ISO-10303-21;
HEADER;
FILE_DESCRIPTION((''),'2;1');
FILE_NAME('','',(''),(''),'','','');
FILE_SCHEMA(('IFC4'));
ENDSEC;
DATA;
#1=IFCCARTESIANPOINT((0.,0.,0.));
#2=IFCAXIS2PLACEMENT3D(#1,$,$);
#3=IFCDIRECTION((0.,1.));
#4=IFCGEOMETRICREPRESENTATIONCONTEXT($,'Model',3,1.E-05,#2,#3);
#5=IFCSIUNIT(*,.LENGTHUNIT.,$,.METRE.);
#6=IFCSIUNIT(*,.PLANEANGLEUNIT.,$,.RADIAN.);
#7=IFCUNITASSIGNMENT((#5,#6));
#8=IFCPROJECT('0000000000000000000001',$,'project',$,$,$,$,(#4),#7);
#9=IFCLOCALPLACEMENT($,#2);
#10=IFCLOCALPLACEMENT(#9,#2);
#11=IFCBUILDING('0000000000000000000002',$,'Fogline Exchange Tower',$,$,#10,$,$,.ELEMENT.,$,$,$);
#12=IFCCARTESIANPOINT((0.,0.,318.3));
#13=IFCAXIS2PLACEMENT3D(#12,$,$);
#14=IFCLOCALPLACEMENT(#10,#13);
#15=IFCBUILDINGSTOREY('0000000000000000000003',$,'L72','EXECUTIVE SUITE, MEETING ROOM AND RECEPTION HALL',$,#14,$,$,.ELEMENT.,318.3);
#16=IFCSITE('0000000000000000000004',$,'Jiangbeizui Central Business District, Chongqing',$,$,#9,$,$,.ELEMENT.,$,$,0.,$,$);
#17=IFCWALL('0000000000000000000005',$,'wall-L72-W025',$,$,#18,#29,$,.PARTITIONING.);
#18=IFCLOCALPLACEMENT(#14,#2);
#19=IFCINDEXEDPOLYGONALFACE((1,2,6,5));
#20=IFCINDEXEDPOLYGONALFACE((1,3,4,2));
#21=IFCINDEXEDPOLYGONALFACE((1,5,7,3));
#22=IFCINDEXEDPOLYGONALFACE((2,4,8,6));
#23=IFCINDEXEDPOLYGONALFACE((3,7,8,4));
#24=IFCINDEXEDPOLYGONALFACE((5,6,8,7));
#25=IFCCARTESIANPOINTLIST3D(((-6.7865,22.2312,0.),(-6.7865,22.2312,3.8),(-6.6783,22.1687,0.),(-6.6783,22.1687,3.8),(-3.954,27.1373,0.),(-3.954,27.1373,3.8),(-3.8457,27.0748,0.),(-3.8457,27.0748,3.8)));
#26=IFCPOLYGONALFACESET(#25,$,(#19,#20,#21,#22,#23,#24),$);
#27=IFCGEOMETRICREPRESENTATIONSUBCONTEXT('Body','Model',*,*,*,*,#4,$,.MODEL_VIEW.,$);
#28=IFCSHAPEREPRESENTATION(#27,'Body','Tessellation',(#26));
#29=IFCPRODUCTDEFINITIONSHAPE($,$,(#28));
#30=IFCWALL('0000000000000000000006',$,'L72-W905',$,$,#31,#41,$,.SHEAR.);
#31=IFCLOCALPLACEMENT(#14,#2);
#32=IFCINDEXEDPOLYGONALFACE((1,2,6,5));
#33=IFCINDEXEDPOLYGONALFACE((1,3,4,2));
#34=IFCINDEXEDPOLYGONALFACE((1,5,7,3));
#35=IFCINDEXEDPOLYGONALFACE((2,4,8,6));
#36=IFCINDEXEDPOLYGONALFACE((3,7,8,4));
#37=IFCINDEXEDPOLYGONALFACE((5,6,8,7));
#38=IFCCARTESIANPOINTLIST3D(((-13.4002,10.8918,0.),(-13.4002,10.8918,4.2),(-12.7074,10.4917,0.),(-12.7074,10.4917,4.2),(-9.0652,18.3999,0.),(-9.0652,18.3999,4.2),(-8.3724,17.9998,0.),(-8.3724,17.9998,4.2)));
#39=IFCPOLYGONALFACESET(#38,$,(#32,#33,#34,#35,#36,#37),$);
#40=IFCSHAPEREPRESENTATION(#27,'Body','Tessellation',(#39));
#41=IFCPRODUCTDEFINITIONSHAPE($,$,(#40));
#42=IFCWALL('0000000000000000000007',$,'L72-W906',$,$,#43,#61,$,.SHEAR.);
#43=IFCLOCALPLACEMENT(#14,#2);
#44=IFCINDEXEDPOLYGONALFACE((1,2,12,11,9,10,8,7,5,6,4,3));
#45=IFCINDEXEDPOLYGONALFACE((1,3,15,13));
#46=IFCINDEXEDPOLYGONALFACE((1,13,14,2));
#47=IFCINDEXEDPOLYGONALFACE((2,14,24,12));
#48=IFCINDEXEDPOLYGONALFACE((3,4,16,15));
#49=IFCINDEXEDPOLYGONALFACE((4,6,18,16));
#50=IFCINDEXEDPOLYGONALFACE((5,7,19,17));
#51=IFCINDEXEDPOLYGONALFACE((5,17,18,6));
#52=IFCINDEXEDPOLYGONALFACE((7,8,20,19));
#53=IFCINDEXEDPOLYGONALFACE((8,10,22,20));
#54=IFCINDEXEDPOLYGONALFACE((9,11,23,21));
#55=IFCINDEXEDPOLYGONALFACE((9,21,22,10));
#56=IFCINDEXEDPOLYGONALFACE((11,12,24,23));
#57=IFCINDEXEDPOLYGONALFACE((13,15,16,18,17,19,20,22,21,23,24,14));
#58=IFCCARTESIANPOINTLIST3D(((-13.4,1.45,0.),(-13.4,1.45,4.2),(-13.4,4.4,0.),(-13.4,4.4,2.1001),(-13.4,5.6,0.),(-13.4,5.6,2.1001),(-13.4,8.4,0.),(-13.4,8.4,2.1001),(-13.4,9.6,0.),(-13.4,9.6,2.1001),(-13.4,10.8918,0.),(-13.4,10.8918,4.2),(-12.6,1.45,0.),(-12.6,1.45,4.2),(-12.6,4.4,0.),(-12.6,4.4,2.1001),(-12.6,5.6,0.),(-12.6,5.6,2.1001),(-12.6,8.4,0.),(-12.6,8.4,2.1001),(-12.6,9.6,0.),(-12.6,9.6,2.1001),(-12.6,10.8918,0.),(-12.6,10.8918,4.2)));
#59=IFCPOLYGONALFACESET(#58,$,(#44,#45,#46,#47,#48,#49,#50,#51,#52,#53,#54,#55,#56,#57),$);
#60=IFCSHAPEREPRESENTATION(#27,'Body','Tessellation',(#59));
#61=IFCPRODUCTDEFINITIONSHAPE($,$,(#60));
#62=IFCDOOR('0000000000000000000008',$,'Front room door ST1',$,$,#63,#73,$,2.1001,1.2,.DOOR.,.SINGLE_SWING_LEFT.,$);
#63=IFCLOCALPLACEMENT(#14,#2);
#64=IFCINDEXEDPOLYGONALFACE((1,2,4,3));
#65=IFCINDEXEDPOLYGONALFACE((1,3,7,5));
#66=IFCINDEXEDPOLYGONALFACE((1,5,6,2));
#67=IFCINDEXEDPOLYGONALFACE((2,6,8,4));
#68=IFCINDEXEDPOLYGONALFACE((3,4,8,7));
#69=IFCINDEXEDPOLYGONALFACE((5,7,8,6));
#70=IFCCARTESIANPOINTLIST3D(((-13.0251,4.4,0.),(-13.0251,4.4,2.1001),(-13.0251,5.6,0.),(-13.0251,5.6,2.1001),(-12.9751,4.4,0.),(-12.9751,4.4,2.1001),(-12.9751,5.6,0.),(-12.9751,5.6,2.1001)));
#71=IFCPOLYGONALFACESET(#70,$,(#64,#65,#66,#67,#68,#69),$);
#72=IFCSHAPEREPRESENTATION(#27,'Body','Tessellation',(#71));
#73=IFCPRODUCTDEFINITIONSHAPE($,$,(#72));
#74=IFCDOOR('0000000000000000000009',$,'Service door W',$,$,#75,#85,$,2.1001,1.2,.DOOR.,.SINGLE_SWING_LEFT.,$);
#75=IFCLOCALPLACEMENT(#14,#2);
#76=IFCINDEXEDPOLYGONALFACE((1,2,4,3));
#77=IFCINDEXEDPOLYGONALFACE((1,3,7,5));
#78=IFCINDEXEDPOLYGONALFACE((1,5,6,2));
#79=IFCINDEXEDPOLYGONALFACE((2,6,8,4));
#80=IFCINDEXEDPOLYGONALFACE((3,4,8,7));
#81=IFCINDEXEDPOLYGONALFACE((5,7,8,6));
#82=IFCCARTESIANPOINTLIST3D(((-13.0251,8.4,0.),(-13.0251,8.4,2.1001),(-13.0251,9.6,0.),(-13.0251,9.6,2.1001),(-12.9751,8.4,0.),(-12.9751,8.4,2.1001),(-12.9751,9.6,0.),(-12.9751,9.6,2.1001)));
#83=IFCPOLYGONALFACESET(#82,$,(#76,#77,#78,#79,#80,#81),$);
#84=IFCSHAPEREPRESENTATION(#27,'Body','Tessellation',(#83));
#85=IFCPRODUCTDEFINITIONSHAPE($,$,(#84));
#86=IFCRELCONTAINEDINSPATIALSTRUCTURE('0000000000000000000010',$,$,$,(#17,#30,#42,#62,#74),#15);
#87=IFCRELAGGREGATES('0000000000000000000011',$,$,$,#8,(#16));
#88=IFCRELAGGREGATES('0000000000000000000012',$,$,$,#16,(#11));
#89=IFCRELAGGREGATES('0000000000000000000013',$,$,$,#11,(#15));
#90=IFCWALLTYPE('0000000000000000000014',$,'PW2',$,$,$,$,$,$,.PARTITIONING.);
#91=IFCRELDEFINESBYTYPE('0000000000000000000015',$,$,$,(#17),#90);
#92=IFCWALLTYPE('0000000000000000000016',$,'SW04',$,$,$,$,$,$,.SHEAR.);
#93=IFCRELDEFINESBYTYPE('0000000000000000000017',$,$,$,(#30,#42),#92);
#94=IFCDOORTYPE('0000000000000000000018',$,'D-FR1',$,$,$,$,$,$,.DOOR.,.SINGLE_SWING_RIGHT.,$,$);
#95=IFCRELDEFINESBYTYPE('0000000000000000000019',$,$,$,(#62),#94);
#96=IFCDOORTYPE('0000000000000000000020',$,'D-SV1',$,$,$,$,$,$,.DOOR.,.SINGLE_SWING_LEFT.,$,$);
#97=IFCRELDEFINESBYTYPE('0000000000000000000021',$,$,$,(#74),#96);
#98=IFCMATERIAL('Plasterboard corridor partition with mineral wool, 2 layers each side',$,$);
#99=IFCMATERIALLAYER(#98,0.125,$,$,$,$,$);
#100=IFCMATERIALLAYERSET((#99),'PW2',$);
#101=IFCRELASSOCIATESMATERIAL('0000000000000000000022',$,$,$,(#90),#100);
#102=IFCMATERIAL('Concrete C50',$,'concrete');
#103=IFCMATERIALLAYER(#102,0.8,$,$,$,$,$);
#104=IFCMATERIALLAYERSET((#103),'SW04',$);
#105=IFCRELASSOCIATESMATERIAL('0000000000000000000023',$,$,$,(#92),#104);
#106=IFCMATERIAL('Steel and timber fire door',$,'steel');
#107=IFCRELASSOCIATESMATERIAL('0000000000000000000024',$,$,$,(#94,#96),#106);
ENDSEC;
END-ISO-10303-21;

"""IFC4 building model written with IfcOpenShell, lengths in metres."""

from ifc_helpers import new_model, si_unit, direction, frame, frame_2d, origin, place, context, subcontext, project, spatial, rectangle, extrude, material, layer, layer_set, type_object, element, fill, save


model = new_model("IFC4")

# Units and contexts
model_context = context("Model", 3, precision=1e-05, world=origin(), true_north=direction((0.0, 1.0)))
body_context = subcontext(model_context, "Body", "Model", "MODEL_VIEW")
ifc_project = project(units=[si_unit("LENGTHUNIT", "METRE"), si_unit("PLANEANGLEUNIT", "RADIAN")], contexts=[model_context])

# Site, building, storey
site_placement = place(None, origin())
site = spatial("IfcSite", under=ifc_project, at=site_placement, Name="Jiangbeizui Central Business District, Chongqing", CompositionType="ELEMENT", RefElevation=0.0)
building_placement = place(site_placement, origin())
building = spatial("IfcBuilding", under=site, at=building_placement, Name="Fogline Exchange Tower", CompositionType="ELEMENT")
storey_placement = place(building_placement, frame((0.0, 0.0, 318.3)))
storey = spatial("IfcBuildingStorey", under=building, at=storey_placement, Name="L72", Description="EXECUTIVE SUITE, MEETING ROOM AND RECEPTION HALL", CompositionType="ELEMENT", Elevation=318.3)

# Shared definitions
ifc_material_1 = material(Name="Steel and timber fire door", Category="steel")

# Shared definitions
ifc_material_2 = material(Name="Plasterboard corridor partition with mineral wool, 2 layers each side")
ifc_layer_1 = layer(ifc_material_2, 0.125)
ifc_layer_set_1 = layer_set([ifc_layer_1], Name="PW2")
wall_type_1 = type_object("IfcWallType", Name="PW2", PredefinedType="PARTITIONING", material=ifc_layer_set_1)

# Walls
wall_1_placement = place(storey_placement, frame((-6.7324, 22.2, 0.0), z_axis=(0.0, 0.0, 1.0), x_axis=(0.500005, 0.866023, 0.0)))
element("IfcWall", 1, at=wall_1_placement, inside=storey, type_object=wall_type_1, Name="wall-L72-W025", PredefinedType="PARTITIONING", context=body_context, shape_type="SweptSolid", body=[
    extrude(rectangle(XDim=5.665, YDim=0.125, at=frame_2d((2.8325, 0.0))), origin(), (0.0, 0.0, 1.0), 3.8),
])
ifc_material_3 = material(Name="Concrete C50", Category="concrete")
ifc_layer_2 = layer(ifc_material_3, 0.8)
ifc_layer_set_2 = layer_set([ifc_layer_2], Name="SW04")
wall_type_2 = type_object("IfcWallType", Name="SW04", PredefinedType="SHEAR", material=ifc_layer_set_2)
wall_2_placement = place(storey_placement, frame((-8.7188, 18.2, 0.0), z_axis=(0.0, 0.0, 1.0), x_axis=(-0.500016, -0.866016, 0.0)))
element("IfcWall", 2, at=wall_2_placement, inside=storey, type_object=wall_type_2, Name="L72-W905", PredefinedType="SHEAR", context=body_context, shape_type="SweptSolid", body=[
    extrude(rectangle(XDim=8.6697, YDim=0.8, at=frame_2d((4.335, 0.0))), origin(), (0.0, 0.0, 1.0), 4.2),
])

# Wall, openings, doors
wall_3_placement = place(storey_placement, frame((-13.0, 10.8918, 0.0), z_axis=(0.0, 0.0, 1.0), x_axis=(0.0, -1.0, 0.0)))
wall_3 = element("IfcWall", 3, at=wall_3_placement, inside=storey, type_object=wall_type_2, Name="L72-W906", PredefinedType="SHEAR", context=body_context, shape_type="SweptSolid", body=[
    extrude(rectangle(XDim=9.4419, YDim=0.8, at=frame_2d((4.7209, 0.0))), origin(), (0.0, 0.0, 1.0), 4.2),
])
opening_1_placement = place(wall_3_placement, frame((5.2917, 0.0, 0.0)))
opening_1 = element("IfcOpeningElement", 4, at=opening_1_placement, cuts=wall_3, PredefinedType="OPENING", context=body_context, shape_type="SweptSolid", body=[
    extrude(rectangle(XDim=1.2, YDim=2.1001, at=frame_2d((0.6001, 1.05))), frame((0.0, 0.4102, 0.0), z_axis=(0.0, -1.0, 0.0), x_axis=(1.0, 0.0, 0.0)), (0.0, 0.0, 1.0), 0.8201),
])
opening_2_placement = place(wall_3_placement, frame((1.2917, 0.0, 0.0)))
opening_2 = element("IfcOpeningElement", 5, at=opening_2_placement, cuts=wall_3, PredefinedType="OPENING", context=body_context, shape_type="SweptSolid", body=[
    extrude(rectangle(XDim=1.2, YDim=2.1001, at=frame_2d((0.6001, 1.05))), frame((0.0, 0.4102, 0.0), z_axis=(0.0, -1.0, 0.0), x_axis=(1.0, 0.0, 0.0)), (0.0, 0.0, 1.0), 0.8201),
])
door_type_1 = type_object("IfcDoorType", Name="D-FR1", OperationType="SINGLE_SWING_RIGHT", PredefinedType="DOOR", material=ifc_material_1)
door_1_placement = place(opening_1_placement, origin())
door_1 = element("IfcDoor", 6, at=door_1_placement, inside=storey, type_object=door_type_1, Name="Front room door ST1", OperationType="SINGLE_SWING_LEFT", OverallHeight=2.1001, OverallWidth=1.2, PredefinedType="DOOR", context=body_context, shape_type="SweptSolid", body=[
    extrude(rectangle(XDim=1.2, YDim=2.1001, at=frame_2d((0.6001, 1.05))), frame((0.0, 0.0249, 0.0), z_axis=(0.0, -1.0, 0.0), x_axis=(1.0, 0.0, 0.0)), (0.0, 0.0, 1.0), 0.05),
])
fill(opening_1, door_1)
door_type_2 = type_object("IfcDoorType", Name="D-SV1", OperationType="SINGLE_SWING_LEFT", PredefinedType="DOOR", material=ifc_material_1)
door_2_placement = place(opening_2_placement, origin())
door_2 = element("IfcDoor", 7, at=door_2_placement, inside=storey, type_object=door_type_2, Name="Service door W", OperationType="SINGLE_SWING_LEFT", OverallHeight=2.1001, OverallWidth=1.2, PredefinedType="DOOR", context=body_context, shape_type="SweptSolid", body=[
    extrude(rectangle(XDim=1.2, YDim=2.1001, at=frame_2d((0.6001, 1.05))), frame((0.0, 0.0249, 0.0), z_axis=(0.0, -1.0, 0.0), x_axis=(1.0, 0.0, 0.0)), (0.0, 0.0, 1.0), 0.05),
])
fill(opening_2, door_2)

save(model, "model.ifc")
